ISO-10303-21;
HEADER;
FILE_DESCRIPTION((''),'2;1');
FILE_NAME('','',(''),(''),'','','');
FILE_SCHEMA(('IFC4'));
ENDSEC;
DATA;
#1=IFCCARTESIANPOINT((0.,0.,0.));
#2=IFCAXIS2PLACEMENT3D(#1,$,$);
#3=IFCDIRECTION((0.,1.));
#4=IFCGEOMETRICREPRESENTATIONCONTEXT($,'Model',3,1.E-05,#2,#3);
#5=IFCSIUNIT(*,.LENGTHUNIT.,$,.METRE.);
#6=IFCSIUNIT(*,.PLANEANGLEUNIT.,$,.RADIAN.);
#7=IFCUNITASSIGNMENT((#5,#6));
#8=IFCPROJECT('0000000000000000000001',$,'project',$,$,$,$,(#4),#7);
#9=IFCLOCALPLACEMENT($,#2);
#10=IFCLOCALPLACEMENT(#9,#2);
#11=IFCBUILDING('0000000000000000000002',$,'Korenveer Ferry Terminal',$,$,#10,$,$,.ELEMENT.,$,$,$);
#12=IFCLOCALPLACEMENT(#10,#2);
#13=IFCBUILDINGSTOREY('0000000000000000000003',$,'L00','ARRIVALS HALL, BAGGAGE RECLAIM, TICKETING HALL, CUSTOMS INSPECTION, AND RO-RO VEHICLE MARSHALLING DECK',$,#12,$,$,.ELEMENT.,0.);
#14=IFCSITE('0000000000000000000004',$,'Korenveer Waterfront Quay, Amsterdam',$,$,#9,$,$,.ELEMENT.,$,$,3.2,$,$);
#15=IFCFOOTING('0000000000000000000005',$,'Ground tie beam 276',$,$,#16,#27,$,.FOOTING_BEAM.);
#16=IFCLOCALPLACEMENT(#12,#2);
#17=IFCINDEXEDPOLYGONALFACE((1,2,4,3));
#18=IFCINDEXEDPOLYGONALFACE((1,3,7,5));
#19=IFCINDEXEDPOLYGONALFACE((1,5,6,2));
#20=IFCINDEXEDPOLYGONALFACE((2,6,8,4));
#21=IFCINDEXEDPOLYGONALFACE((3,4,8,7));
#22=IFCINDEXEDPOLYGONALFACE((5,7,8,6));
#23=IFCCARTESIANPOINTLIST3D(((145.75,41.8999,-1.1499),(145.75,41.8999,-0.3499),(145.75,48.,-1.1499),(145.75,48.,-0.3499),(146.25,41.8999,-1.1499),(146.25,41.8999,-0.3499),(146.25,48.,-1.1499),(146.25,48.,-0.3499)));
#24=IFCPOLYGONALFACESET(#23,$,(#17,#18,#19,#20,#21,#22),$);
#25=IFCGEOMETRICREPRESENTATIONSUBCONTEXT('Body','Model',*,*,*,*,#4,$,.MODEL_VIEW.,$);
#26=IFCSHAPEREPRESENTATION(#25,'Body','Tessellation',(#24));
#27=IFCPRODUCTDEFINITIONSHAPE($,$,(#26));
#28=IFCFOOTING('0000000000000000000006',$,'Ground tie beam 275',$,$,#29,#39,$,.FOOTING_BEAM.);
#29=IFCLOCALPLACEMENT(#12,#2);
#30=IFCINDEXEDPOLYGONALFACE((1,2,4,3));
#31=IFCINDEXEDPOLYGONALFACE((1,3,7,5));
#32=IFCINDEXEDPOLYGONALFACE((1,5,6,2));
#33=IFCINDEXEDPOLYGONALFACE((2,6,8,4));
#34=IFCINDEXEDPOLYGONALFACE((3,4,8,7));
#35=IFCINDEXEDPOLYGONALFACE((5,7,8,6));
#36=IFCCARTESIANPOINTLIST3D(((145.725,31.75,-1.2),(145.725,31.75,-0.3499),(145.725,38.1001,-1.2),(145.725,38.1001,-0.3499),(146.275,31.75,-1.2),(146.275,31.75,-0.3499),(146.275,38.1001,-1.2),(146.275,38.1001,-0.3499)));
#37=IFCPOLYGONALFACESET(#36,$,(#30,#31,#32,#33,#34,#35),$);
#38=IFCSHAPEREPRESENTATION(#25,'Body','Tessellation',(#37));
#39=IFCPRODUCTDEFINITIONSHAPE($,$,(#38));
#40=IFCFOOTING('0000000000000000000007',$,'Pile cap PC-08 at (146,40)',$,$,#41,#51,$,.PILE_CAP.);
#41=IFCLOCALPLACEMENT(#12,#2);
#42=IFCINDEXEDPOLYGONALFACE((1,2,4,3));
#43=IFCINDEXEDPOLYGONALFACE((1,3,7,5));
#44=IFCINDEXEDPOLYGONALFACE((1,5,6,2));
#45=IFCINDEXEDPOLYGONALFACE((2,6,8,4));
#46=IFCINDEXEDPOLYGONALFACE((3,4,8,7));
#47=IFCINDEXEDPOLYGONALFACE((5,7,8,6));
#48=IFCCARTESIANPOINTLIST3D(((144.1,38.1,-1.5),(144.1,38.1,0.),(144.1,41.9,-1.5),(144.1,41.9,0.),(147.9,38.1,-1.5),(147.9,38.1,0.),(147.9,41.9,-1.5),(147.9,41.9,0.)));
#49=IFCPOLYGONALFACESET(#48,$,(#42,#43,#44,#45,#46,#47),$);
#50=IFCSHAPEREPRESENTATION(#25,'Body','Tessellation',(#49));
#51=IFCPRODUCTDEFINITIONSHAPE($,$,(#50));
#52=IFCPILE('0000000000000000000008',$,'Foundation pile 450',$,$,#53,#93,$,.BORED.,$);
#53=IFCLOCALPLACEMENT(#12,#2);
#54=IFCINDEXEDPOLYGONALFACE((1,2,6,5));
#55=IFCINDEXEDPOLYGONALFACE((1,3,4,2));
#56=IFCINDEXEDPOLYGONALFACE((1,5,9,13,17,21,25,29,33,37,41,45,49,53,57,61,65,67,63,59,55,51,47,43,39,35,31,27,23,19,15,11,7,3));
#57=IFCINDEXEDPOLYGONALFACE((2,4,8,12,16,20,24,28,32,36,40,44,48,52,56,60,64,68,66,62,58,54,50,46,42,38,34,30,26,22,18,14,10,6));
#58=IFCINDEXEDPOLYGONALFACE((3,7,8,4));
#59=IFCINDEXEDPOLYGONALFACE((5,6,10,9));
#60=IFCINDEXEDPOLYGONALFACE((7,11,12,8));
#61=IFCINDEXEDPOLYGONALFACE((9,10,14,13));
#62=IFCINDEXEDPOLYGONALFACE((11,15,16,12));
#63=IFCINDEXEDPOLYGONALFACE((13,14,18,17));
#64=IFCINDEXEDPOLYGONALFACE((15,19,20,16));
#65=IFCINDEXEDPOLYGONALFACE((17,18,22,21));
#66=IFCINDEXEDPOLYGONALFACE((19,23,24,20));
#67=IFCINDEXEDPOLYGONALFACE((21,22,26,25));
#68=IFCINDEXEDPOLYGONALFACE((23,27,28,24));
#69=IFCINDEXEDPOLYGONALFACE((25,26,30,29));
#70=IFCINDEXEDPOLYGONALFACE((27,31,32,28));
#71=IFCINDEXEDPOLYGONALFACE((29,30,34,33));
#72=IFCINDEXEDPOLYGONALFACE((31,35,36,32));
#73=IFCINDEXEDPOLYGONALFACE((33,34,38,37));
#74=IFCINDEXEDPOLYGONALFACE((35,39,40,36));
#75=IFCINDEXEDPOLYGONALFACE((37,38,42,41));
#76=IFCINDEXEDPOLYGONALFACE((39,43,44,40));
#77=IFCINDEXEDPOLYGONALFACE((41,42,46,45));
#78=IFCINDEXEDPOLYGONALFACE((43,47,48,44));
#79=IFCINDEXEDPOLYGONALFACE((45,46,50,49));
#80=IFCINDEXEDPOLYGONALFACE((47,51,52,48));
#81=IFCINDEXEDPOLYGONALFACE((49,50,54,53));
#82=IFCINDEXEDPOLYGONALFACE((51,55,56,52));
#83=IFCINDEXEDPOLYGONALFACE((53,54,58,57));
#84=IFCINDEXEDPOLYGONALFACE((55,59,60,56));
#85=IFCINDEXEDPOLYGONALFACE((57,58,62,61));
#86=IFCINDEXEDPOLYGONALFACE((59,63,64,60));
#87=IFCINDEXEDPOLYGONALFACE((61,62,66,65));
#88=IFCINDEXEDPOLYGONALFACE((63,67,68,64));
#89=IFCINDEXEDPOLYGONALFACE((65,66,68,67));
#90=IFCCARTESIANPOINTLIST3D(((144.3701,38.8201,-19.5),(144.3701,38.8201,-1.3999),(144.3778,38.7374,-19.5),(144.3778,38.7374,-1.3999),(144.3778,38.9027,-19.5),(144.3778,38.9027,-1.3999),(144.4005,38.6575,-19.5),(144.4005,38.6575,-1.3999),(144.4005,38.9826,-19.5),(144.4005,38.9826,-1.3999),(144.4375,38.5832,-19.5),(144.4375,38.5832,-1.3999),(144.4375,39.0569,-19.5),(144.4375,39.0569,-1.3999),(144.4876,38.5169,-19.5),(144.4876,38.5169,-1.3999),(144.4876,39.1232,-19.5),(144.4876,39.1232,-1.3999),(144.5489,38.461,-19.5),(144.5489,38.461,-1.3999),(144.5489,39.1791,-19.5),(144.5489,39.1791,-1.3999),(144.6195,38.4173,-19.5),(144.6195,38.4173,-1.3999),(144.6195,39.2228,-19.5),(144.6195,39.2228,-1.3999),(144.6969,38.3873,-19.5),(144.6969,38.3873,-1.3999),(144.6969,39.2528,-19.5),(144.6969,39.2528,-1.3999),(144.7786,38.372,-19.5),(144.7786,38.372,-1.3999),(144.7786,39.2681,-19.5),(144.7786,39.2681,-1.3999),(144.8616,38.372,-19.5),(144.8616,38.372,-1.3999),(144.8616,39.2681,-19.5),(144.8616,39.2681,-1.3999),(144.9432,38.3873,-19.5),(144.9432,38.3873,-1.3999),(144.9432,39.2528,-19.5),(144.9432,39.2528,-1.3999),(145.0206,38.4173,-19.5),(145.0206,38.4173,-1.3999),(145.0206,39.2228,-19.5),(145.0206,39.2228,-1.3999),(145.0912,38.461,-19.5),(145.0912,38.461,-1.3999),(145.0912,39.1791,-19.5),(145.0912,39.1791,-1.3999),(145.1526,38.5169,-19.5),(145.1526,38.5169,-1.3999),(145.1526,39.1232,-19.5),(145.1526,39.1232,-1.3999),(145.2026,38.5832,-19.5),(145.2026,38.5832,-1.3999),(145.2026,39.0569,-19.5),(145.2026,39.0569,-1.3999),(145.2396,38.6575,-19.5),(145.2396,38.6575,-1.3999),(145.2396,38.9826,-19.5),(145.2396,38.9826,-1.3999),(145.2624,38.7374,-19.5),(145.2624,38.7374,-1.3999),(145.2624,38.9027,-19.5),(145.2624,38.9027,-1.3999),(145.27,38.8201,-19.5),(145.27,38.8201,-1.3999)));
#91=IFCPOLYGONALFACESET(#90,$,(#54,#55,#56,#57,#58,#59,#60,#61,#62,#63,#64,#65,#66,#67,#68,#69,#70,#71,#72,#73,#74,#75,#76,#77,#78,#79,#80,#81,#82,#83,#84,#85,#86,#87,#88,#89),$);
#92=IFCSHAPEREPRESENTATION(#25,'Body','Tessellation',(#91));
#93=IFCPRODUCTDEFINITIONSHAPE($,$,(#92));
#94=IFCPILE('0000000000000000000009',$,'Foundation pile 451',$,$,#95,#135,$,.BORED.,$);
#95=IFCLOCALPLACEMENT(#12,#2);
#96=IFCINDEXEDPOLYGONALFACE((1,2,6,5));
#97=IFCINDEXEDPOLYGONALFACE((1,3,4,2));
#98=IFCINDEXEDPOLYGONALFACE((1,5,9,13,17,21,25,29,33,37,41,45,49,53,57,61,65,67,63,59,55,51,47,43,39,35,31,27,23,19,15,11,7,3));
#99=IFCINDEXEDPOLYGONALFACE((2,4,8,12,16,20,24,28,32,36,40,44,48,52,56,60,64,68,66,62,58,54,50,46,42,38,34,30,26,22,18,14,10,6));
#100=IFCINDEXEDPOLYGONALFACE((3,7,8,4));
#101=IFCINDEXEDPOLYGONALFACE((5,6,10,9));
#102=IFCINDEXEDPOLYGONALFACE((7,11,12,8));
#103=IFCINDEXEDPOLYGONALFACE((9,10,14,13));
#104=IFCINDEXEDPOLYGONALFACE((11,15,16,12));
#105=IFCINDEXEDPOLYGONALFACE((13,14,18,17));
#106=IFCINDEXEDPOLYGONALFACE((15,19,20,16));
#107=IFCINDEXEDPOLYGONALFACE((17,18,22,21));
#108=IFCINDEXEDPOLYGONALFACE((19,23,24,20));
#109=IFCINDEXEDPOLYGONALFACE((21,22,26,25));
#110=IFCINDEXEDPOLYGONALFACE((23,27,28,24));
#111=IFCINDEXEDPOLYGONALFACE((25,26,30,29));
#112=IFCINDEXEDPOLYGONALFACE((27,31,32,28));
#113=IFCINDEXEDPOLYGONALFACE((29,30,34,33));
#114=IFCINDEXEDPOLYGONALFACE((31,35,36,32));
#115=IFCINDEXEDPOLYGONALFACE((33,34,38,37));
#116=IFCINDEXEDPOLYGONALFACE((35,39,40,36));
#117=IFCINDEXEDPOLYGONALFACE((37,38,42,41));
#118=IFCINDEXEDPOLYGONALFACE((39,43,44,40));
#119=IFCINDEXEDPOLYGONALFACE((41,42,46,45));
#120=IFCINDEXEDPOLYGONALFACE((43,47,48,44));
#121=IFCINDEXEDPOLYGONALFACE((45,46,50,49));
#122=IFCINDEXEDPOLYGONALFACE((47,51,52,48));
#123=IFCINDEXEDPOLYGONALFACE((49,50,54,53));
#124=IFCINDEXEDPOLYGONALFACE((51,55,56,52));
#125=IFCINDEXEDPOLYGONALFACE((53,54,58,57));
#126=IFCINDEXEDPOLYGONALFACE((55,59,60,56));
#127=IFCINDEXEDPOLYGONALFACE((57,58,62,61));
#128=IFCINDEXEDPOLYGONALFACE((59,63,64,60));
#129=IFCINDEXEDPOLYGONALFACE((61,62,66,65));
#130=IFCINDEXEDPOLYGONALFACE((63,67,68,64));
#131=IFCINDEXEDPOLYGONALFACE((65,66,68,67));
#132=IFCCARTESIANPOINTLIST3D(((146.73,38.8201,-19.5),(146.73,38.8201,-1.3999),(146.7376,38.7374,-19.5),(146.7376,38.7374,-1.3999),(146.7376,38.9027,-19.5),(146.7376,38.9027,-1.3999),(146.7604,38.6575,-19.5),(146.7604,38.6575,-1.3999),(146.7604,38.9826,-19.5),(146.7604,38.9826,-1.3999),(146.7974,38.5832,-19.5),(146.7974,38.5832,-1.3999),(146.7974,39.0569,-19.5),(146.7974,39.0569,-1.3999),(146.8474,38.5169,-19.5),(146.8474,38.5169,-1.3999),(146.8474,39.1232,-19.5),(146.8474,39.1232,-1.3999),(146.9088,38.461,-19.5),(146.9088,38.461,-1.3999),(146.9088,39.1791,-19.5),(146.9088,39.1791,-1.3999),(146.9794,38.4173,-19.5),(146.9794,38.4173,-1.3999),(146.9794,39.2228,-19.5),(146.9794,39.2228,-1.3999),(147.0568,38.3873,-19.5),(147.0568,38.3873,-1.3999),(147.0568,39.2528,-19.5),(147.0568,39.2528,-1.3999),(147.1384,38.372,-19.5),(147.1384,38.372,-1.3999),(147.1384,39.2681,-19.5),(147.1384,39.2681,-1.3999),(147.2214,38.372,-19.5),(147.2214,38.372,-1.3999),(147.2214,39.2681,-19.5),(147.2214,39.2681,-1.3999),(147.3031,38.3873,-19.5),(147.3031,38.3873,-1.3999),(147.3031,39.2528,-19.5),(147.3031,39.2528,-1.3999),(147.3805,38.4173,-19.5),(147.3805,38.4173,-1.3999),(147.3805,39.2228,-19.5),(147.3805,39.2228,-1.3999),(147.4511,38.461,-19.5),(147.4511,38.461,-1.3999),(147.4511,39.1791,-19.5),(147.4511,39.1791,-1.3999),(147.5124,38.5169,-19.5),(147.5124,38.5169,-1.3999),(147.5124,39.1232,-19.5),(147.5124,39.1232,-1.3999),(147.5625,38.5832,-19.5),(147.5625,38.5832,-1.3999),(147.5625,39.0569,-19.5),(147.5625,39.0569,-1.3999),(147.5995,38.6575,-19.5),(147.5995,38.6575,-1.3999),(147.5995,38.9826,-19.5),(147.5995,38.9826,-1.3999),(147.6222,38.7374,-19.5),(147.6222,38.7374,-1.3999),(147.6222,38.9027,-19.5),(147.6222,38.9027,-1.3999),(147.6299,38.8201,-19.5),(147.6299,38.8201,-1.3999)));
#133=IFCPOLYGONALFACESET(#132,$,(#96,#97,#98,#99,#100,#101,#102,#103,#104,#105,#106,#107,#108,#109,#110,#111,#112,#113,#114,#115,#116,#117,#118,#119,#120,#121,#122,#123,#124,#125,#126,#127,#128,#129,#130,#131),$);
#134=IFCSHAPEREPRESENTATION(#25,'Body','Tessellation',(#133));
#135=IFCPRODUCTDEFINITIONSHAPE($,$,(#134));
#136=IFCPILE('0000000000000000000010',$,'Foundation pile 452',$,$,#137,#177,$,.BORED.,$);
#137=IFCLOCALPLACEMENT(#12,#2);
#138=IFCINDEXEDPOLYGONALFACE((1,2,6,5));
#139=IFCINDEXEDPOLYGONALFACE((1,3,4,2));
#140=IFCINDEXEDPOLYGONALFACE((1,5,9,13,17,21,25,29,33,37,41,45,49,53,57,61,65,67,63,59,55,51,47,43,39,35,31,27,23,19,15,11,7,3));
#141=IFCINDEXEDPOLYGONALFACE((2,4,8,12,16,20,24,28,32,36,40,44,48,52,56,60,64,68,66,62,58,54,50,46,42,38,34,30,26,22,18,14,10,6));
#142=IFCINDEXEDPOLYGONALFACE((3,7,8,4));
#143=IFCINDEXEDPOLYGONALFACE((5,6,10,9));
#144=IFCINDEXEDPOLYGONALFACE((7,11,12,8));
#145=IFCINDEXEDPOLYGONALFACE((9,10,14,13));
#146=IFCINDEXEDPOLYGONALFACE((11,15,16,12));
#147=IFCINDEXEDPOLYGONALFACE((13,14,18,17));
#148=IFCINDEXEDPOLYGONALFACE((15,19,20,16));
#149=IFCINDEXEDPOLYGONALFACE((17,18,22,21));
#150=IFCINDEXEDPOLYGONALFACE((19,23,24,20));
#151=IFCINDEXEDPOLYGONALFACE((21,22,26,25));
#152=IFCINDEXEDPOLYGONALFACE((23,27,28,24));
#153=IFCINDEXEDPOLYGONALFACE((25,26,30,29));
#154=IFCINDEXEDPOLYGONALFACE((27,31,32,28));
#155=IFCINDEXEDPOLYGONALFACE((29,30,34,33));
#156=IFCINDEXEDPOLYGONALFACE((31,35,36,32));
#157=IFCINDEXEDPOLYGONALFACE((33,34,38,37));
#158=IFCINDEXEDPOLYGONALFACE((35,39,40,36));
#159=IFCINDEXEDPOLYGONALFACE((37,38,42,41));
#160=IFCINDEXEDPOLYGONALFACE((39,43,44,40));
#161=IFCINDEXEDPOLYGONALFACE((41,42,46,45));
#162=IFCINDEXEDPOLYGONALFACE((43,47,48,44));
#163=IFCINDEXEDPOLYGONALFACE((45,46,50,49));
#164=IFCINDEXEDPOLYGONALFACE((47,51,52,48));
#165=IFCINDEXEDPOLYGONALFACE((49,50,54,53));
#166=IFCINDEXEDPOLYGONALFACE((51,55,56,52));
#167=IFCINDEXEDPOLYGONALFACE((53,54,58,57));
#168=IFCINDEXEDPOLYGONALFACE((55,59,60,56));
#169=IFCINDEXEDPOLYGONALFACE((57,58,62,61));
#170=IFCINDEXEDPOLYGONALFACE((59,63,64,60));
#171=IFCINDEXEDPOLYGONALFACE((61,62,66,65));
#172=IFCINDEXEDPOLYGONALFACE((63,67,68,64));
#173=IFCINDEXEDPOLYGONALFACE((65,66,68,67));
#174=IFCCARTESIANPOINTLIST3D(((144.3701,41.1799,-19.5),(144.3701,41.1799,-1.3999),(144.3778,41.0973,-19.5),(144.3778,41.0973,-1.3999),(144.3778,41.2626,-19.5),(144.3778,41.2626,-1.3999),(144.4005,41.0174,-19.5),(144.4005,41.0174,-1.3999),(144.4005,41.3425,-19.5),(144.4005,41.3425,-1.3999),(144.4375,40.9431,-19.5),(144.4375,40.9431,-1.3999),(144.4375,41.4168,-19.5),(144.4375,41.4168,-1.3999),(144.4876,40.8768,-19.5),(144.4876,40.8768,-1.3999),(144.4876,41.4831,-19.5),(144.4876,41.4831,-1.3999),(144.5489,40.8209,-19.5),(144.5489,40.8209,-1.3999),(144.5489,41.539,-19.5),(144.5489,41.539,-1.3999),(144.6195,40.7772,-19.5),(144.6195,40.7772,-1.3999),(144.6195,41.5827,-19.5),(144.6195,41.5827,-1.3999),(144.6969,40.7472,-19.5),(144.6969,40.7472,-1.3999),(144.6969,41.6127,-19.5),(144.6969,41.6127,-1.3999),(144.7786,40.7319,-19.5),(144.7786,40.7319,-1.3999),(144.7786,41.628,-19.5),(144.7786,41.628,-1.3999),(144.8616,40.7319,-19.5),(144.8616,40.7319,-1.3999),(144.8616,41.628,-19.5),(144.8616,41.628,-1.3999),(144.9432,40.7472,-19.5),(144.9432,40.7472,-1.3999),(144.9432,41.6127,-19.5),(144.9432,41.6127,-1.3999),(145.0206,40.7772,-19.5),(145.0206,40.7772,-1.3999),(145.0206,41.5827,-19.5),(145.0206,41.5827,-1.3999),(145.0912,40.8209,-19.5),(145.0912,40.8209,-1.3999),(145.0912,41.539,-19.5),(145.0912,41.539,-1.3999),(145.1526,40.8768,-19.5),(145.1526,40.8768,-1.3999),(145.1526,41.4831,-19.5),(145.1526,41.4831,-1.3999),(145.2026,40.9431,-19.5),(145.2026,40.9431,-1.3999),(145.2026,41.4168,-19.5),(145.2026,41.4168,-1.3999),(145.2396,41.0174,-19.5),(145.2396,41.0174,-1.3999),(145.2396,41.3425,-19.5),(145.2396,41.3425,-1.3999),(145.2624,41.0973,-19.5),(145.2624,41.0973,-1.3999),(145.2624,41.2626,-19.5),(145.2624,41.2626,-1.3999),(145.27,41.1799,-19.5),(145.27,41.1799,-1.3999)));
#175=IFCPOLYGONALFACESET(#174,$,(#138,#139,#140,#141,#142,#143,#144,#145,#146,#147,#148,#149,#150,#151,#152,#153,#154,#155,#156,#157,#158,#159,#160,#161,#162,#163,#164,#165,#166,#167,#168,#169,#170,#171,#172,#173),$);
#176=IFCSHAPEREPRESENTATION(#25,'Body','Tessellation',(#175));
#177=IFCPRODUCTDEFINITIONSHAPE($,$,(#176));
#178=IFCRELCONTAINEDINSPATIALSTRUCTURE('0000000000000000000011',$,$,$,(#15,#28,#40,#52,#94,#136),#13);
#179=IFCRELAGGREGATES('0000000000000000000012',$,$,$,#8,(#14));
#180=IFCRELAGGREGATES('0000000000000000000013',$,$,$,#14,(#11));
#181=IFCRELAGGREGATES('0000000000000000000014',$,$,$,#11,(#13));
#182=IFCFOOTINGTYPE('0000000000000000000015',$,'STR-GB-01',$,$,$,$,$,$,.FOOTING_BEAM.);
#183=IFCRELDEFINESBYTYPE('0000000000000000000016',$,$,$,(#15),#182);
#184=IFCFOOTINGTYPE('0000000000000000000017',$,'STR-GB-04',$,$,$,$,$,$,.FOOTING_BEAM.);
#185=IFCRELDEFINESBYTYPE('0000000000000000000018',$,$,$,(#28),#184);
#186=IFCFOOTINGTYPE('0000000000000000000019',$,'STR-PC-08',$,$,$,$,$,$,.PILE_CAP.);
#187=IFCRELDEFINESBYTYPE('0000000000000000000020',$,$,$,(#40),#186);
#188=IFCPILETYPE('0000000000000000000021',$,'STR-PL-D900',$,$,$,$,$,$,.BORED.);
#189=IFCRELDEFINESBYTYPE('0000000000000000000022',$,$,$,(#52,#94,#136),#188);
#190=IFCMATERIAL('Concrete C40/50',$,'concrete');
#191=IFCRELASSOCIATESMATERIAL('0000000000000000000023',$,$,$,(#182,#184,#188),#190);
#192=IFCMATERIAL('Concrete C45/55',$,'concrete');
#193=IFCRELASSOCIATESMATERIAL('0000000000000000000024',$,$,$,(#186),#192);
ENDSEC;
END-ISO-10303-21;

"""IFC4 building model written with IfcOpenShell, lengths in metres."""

from ifc_helpers import new_model, si_unit, direction, frame, origin, origin_2d, place, context, subcontext, project, spatial, rectangle, circle, extrude, material, material_profile, profile_set, type_object, element, save


model = new_model("IFC4")

# Units and contexts
model_context = context("Model", 3, precision=1e-05, world=origin(), true_north=direction((0.0, 1.0)))
body_context = subcontext(model_context, "Body", "Model", "MODEL_VIEW")
ifc_project = project(units=[si_unit("LENGTHUNIT", "METRE"), si_unit("PLANEANGLEUNIT", "RADIAN")], contexts=[model_context])

# Site, building, storey
site_placement = place(None, origin())
site = spatial("IfcSite", under=ifc_project, at=site_placement, Name="Korenveer Waterfront Quay, Amsterdam", CompositionType="ELEMENT", RefElevation=3.2)
building_placement = place(site_placement, origin())
building = spatial("IfcBuilding", under=site, at=building_placement, Name="Korenveer Ferry Terminal", CompositionType="ELEMENT")
storey_placement = place(building_placement, origin())
storey = spatial("IfcBuildingStorey", under=building, at=storey_placement, Name="L00", Description="ARRIVALS HALL, BAGGAGE RECLAIM, TICKETING HALL, CUSTOMS INSPECTION, AND RO-RO VEHICLE MARSHALLING DECK", CompositionType="ELEMENT", Elevation=0.0)

# Footings
ifc_material_1 = material(Name="Concrete C40/50", Category="concrete")
footing_type_1 = type_object("IfcFootingType", Name="STR-GB-01", PredefinedType="FOOTING_BEAM", material=ifc_material_1)
footing_1_placement = place(storey_placement, frame((146.0, 44.95, -1.1499), z_axis=(0.0, 0.0, 1.0), x_axis=(1.0, 0.0, 0.0)))
element("IfcFooting", 1, at=footing_1_placement, inside=storey, type_object=footing_type_1, Name="Ground tie beam 276", PredefinedType="FOOTING_BEAM", context=body_context, shape_type="SweptSolid", body=[
    extrude(rectangle(XDim=0.5, YDim=6.1001, at=origin_2d()), origin(), (0.0, 0.0, 1.0), 0.8),
])
footing_type_2 = type_object("IfcFootingType", Name="STR-GB-04", PredefinedType="FOOTING_BEAM", material=ifc_material_1)
footing_2_placement = place(storey_placement, frame((146.0, 34.925, -1.2), z_axis=(0.0, 0.0, 1.0), x_axis=(1.0, 0.0, 0.0)))
element("IfcFooting", 2, at=footing_2_placement, inside=storey, type_object=footing_type_2, Name="Ground tie beam 275", PredefinedType="FOOTING_BEAM", context=body_context, shape_type="SweptSolid", body=[
    extrude(rectangle(XDim=0.55, YDim=6.3501, at=origin_2d()), origin(), (0.0, 0.0, 1.0), 0.8501),
])
ifc_material_2 = material(Name="Concrete C45/55", Category="concrete")
footing_type_3 = type_object("IfcFootingType", Name="STR-PC-08", PredefinedType="PILE_CAP", material=ifc_material_2)
footing_3_placement = place(storey_placement, frame((146.0, 40.0, -1.5), z_axis=(0.0, 0.0, 1.0), x_axis=(1.0, 0.0, 0.0)))
element("IfcFooting", 3, at=footing_3_placement, inside=storey, type_object=footing_type_3, Name="Pile cap PC-08 at (146,40)", PredefinedType="PILE_CAP", context=body_context, shape_type="SweptSolid", body=[
    extrude(rectangle(XDim=3.8, YDim=3.8, at=origin_2d()), origin(), (0.0, 0.0, 1.0), 1.5),
])

# Piles
ifc_material_profile_1 = material_profile(ifc_material_1, circle(Radius=0.45, at=origin_2d()), Name="PILE D900")
ifc_profile_set_1 = profile_set([ifc_material_profile_1], Name="Concrete C40/50")
pile_type = type_object("IfcPileType", Name="STR-PL-D900", PredefinedType="BORED", material=ifc_profile_set_1)
for number, where, z_axis, x_axis, name in (
    (4, (144.8201, 38.8201, -1.3999), (0.0, 0.0, -1.0), (1.0, 0.0, 0.0), "Foundation pile 450"),
    (5, (147.1799, 38.8201, -1.3999), (0.0, 0.0, -1.0), (1.0, 0.0, 0.0), "Foundation pile 451"),
    (6, (144.8201, 41.1799, -1.3999), (0.0, 0.0, -1.0), (1.0, 0.0, 0.0), "Foundation pile 452"),
):
    element("IfcPile", number, at=place(storey_placement, frame(where, z_axis=z_axis, x_axis=x_axis)), inside=storey, type_object=pile_type, Name=name, PredefinedType="BORED", context=body_context, shape_type="SweptSolid", body=[
        extrude(circle(Radius=0.45, at=origin_2d()), origin(), (0.0, 0.0, 1.0), 18.1001),
    ])

save(model, "model.ifc")
